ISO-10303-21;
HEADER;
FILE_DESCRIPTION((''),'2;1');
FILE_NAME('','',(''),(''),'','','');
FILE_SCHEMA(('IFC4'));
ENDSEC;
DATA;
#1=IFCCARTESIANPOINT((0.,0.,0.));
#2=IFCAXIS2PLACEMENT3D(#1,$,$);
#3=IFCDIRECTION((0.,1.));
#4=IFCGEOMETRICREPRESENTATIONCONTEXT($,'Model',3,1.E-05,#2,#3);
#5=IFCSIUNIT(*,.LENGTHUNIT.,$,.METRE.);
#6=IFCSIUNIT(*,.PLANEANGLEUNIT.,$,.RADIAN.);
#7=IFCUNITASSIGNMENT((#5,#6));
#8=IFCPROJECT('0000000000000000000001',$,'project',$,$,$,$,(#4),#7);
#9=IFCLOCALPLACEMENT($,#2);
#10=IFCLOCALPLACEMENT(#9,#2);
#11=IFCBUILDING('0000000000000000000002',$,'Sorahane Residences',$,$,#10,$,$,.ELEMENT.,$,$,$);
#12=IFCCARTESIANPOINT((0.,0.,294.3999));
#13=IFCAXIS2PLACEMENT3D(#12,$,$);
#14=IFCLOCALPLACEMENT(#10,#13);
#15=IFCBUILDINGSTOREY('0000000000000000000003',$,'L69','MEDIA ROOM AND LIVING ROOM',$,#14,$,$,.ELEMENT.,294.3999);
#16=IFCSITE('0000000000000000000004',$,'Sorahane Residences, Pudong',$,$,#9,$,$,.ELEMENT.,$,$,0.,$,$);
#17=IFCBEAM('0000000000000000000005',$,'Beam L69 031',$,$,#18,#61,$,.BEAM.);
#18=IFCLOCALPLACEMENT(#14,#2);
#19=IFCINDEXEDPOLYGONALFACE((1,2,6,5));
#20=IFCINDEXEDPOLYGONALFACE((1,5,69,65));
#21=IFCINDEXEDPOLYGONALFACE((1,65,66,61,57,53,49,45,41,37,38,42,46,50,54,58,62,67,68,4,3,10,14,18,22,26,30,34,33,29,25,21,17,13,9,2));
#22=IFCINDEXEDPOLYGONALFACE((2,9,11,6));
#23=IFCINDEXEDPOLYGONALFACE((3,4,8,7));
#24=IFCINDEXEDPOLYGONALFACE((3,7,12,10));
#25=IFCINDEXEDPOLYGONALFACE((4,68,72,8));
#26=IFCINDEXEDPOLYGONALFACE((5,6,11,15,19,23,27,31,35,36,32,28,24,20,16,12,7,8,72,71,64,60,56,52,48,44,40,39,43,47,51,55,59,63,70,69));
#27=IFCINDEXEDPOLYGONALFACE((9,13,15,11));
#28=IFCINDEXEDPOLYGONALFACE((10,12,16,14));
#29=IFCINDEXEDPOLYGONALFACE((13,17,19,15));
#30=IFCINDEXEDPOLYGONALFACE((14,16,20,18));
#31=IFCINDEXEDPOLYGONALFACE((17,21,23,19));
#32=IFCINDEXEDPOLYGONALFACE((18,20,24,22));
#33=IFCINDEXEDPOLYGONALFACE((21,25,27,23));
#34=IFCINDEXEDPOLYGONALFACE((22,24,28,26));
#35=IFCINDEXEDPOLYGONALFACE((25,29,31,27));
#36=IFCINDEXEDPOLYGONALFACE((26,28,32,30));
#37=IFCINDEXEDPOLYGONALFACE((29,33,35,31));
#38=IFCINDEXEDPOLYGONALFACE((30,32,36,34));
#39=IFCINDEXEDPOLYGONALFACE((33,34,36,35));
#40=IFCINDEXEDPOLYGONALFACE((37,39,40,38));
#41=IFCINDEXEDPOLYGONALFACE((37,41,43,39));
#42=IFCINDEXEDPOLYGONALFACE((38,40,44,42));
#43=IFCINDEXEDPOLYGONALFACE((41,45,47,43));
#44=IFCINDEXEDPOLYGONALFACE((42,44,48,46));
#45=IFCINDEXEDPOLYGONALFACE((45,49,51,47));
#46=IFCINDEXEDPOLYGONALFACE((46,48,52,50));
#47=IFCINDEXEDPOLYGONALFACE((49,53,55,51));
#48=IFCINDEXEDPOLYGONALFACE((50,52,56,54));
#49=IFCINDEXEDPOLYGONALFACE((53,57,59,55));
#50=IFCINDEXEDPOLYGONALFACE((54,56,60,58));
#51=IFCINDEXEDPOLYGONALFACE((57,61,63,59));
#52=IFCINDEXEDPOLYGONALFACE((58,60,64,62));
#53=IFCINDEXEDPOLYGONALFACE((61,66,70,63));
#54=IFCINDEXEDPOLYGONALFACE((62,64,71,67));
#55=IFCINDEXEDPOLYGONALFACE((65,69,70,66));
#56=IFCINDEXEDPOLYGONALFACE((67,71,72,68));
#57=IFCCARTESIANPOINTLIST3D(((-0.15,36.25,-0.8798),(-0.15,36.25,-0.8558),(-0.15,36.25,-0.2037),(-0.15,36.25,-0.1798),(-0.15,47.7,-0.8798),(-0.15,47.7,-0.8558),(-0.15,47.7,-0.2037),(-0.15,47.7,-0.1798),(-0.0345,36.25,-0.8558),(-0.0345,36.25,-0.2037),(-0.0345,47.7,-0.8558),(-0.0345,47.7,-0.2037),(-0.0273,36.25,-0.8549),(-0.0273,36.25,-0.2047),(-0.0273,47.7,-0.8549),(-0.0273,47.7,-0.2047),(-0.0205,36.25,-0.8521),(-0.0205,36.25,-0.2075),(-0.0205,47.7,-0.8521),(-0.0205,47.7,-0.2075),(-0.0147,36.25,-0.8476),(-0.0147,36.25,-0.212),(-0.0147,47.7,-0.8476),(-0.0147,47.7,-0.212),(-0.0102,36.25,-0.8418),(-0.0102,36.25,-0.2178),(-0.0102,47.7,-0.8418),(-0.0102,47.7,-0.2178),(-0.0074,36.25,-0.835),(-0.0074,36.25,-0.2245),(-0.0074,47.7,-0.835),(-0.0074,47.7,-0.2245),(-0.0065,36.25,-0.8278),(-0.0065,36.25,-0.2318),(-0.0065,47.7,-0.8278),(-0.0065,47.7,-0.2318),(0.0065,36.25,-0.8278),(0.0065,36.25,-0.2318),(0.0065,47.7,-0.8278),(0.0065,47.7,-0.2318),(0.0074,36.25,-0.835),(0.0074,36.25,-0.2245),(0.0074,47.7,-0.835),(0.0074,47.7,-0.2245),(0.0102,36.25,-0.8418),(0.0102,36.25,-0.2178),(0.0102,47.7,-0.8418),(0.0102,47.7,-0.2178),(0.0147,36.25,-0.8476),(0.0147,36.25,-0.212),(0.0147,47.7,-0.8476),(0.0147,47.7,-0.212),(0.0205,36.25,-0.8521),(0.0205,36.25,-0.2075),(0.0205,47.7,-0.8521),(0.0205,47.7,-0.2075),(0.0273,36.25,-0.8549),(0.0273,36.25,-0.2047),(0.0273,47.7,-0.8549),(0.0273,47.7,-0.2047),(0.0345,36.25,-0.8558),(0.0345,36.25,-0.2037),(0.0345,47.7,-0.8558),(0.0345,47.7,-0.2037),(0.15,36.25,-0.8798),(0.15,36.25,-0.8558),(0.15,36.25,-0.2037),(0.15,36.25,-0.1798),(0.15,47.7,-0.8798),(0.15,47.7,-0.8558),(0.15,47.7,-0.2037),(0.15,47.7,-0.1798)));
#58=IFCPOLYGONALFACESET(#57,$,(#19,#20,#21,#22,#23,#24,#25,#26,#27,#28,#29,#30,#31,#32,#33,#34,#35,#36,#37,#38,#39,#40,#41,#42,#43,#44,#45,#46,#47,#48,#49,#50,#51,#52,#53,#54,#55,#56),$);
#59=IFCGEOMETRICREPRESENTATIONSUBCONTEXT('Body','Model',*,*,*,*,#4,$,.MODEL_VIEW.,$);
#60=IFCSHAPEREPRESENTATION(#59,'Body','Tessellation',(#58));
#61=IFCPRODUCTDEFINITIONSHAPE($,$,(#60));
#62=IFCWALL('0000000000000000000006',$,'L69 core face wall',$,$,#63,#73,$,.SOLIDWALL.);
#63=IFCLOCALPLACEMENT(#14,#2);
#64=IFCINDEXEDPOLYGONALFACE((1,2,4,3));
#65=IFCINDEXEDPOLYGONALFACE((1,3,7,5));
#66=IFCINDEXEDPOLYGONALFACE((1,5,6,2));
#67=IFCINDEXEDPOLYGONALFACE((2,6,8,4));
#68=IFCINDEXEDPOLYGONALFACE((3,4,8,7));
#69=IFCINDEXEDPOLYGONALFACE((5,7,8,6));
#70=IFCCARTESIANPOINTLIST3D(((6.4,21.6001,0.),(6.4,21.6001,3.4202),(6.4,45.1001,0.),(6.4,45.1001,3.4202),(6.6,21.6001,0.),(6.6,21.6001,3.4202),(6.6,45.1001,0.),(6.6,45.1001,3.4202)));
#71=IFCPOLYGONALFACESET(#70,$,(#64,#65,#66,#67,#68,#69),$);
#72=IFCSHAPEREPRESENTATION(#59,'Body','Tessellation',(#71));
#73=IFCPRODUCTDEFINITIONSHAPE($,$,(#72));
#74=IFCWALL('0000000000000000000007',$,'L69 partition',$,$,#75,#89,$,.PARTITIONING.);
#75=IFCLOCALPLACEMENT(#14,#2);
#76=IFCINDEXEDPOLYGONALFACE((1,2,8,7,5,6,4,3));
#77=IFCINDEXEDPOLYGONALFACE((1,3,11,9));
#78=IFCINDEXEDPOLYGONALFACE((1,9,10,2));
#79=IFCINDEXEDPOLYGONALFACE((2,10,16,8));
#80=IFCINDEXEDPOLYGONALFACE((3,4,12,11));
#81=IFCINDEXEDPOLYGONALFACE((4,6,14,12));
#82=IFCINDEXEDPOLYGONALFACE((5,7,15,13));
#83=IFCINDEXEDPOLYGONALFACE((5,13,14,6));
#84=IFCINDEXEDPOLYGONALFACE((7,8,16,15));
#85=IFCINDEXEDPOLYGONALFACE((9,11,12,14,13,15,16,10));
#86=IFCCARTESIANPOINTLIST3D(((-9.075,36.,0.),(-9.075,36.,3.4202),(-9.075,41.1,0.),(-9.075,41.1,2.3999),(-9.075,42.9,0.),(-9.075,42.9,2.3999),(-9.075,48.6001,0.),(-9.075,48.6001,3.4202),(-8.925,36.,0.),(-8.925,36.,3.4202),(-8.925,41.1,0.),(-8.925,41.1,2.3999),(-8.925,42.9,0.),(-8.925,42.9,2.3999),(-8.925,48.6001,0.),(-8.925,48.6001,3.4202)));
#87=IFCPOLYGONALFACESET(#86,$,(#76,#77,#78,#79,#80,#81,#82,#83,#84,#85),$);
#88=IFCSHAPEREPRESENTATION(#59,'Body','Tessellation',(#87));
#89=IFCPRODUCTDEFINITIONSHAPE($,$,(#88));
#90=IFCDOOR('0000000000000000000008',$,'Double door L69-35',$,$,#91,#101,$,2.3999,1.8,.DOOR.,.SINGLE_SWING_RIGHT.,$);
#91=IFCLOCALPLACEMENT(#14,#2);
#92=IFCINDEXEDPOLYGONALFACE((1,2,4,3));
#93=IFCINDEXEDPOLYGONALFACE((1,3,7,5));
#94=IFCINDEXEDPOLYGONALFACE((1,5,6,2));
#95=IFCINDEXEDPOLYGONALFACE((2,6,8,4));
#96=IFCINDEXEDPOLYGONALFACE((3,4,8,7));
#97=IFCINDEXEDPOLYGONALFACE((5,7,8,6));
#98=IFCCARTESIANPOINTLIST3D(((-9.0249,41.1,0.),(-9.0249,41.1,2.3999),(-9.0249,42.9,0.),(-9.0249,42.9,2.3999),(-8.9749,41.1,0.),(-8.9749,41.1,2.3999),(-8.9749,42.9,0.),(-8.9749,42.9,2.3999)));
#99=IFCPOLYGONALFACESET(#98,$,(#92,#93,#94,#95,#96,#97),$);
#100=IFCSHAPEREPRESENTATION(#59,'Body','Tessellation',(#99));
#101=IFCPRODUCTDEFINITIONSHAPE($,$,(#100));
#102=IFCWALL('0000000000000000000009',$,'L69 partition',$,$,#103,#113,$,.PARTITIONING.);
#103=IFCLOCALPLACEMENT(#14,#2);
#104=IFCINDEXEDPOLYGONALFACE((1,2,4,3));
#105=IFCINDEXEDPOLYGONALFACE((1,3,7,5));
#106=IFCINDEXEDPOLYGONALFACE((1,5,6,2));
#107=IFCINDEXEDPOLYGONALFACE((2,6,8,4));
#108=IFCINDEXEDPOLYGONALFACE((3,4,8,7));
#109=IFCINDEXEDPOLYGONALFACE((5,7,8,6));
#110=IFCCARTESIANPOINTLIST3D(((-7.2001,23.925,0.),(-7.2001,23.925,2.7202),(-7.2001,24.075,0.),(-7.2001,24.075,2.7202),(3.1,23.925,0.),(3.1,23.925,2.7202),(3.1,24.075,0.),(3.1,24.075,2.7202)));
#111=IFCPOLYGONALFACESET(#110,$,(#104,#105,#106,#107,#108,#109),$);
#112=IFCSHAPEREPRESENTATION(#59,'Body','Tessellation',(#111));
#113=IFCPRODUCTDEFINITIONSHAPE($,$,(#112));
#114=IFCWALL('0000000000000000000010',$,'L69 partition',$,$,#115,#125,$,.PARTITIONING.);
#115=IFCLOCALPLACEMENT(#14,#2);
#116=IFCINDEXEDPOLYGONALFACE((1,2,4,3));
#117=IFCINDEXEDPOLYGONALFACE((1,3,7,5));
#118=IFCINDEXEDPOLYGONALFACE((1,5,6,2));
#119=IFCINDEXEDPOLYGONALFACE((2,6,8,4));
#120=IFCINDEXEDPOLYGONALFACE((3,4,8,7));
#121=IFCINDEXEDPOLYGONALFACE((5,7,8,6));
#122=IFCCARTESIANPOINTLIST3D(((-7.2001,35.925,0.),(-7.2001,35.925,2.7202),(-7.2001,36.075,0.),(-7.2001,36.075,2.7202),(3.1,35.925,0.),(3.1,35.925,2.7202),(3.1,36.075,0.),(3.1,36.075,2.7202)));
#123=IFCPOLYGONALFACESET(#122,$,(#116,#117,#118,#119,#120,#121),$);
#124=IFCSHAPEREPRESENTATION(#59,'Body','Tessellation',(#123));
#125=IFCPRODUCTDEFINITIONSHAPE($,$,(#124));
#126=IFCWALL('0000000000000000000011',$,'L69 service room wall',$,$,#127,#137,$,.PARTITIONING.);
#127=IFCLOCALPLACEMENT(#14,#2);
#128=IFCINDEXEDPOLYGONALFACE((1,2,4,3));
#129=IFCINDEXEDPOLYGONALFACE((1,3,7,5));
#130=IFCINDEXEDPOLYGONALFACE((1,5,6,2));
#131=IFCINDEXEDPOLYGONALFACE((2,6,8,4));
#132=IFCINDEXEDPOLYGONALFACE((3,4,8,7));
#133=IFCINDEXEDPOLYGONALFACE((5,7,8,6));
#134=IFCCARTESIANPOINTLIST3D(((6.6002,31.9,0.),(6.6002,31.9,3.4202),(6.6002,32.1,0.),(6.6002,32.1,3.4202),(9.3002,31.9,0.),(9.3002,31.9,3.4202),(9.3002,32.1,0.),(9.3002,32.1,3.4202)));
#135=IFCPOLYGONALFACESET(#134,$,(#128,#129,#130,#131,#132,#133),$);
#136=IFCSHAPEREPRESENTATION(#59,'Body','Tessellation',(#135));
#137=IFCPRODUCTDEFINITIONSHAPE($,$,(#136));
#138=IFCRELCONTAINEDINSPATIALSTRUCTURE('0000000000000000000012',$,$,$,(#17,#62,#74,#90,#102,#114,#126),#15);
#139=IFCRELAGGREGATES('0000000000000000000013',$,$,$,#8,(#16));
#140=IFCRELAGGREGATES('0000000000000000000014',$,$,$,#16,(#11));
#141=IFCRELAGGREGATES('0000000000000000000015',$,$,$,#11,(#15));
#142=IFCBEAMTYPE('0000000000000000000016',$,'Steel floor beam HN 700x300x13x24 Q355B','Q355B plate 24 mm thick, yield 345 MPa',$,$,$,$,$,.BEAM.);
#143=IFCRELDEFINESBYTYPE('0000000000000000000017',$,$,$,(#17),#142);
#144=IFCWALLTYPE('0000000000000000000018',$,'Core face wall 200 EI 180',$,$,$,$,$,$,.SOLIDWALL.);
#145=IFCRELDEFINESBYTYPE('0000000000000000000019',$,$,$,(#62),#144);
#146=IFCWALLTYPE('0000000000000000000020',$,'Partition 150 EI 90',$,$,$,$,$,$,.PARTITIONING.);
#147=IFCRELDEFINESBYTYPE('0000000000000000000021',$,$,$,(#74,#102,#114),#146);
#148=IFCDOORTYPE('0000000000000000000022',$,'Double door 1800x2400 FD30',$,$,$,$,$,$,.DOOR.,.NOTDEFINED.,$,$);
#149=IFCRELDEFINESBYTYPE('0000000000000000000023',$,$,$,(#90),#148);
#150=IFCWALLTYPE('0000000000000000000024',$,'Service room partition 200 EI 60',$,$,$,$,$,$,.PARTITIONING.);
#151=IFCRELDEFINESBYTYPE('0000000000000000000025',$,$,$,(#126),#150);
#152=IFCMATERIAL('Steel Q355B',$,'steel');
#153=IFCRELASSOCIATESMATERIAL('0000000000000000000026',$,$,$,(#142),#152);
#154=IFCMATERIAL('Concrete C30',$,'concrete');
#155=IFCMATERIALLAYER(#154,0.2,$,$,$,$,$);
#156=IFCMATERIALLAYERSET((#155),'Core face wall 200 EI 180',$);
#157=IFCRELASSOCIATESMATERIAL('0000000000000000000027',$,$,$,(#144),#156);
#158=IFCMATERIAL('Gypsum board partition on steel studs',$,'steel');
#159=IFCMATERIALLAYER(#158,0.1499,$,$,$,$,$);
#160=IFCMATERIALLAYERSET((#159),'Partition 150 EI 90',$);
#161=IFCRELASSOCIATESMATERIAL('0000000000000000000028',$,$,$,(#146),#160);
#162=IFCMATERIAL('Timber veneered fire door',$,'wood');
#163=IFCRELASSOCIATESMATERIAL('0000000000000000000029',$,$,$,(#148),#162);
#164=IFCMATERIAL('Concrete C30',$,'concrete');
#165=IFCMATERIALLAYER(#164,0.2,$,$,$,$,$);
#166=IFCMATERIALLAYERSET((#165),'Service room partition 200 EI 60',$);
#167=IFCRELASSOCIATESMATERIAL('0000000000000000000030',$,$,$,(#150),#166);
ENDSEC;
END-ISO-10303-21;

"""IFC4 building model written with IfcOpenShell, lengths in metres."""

from ifc_helpers import new_model, si_unit, direction, frame, frame_2d, origin, origin_2d, place, context, subcontext, project, spatial, rectangle, i_section, extrude, material, layer, layer_set, material_profile, profile_set, type_object, element, fill, save


model = new_model("IFC4")

# Units and contexts
model_context = context("Model", 3, precision=1e-05, world=origin(), true_north=direction((0.0, 1.0)))
body_context = subcontext(model_context, "Body", "Model", "MODEL_VIEW")
ifc_project = project(units=[si_unit("LENGTHUNIT", "METRE"), si_unit("PLANEANGLEUNIT", "RADIAN")], contexts=[model_context])

# Site, building, storey
site_placement = place(None, origin())
site = spatial("IfcSite", under=ifc_project, at=site_placement, Name="Sorahane Residences, Pudong", CompositionType="ELEMENT", RefElevation=0.0)
building_placement = place(site_placement, origin())
building = spatial("IfcBuilding", under=site, at=building_placement, Name="Sorahane Residences", CompositionType="ELEMENT")
storey_placement = place(building_placement, frame((0.0, 0.0, 294.3999)))
storey = spatial("IfcBuildingStorey", under=building, at=storey_placement, Name="L69", Description="MEDIA ROOM AND LIVING ROOM", CompositionType="ELEMENT", Elevation=294.3999)

# Beam
ifc_material_1 = material(Name="Steel Q355B", Category="steel")
ifc_material_profile_1 = material_profile(ifc_material_1, i_section(OverallWidth=0.3, OverallDepth=0.7, WebThickness=0.0129, FlangeThickness=0.0239, FilletRadius=0.0281, at=origin_2d()), Name="HN 700x300x13x24")
ifc_profile_set_1 = profile_set([ifc_material_profile_1], Name="Steel Q355B")
beam_type_1 = type_object("IfcBeamType", Name="Steel floor beam HN 700x300x13x24 Q355B", Description="Q355B plate 24 mm thick, yield 345 MPa", PredefinedType="BEAM", material=ifc_profile_set_1)
beam_1_placement = place(storey_placement, frame((0.0, 36.25, -0.5298), z_axis=(0.0, 1.0, 0.0), x_axis=(-1.0, 0.0, 0.0)))
element("IfcBeam", 1, at=beam_1_placement, inside=storey, type_object=beam_type_1, Name="Beam L69 031", PredefinedType="BEAM", context=body_context, shape_type="SweptSolid", body=[
    extrude(i_section(OverallWidth=0.3, OverallDepth=0.7, WebThickness=0.0129, FlangeThickness=0.0239, FilletRadius=0.0281, at=origin_2d()), origin(), (0.0, 0.0, 1.0), 11.45),
])

# Wall
ifc_material_2 = material(Name="Concrete C30", Category="concrete")
ifc_layer_1 = layer(ifc_material_2, 0.2)
ifc_layer_set_1 = layer_set([ifc_layer_1], Name="Core face wall 200 EI 180")
wall_type_1 = type_object("IfcWallType", Name="Core face wall 200 EI 180", PredefinedType="SOLIDWALL", material=ifc_layer_set_1)
wall_1_placement = place(storey_placement, frame((6.5, 21.6001, 0.0), z_axis=(0.0, 0.0, 1.0), x_axis=(0.0, 1.0, 0.0)))
element("IfcWall", 2, at=wall_1_placement, inside=storey, type_object=wall_type_1, Name="L69 core face wall", PredefinedType="SOLIDWALL", context=body_context, shape_type="SweptSolid", body=[
    extrude(rectangle(XDim=23.5, YDim=0.2, at=frame_2d((11.75, 0.0))), origin(), (0.0, 0.0, 1.0), 3.4202),
])

# Wall, opening, door
ifc_material_3 = material(Name="Gypsum board partition on steel studs", Category="steel")
ifc_layer_2 = layer(ifc_material_3, 0.1499)
ifc_layer_set_2 = layer_set([ifc_layer_2], Name="Partition 150 EI 90")
wall_type_2 = type_object("IfcWallType", Name="Partition 150 EI 90", PredefinedType="PARTITIONING", material=ifc_layer_set_2)
wall_2_placement = place(storey_placement, frame((-9.0, 36.0, 0.0), z_axis=(0.0, 0.0, 1.0), x_axis=(0.0, 1.0, 0.0)))
wall_2 = element("IfcWall", 3, at=wall_2_placement, inside=storey, type_object=wall_type_2, Name="L69 partition", PredefinedType="PARTITIONING", context=body_context, shape_type="SweptSolid", body=[
    extrude(rectangle(XDim=12.6001, YDim=0.1499, at=frame_2d((6.3, 0.0))), origin(), (0.0, 0.0, 1.0), 3.4202),
])
opening_1_placement = place(wall_2_placement, frame((5.1001, 0.0, 0.0)))
opening_1 = element("IfcOpeningElement", 4, at=opening_1_placement, cuts=wall_2, PredefinedType="OPENING", context=body_context, shape_type="SweptSolid", body=[
    extrude(rectangle(XDim=1.8, YDim=2.3999, at=frame_2d((0.8999, 1.2))), frame((0.0, 0.085, 0.0), z_axis=(0.0, -1.0, 0.0), x_axis=(1.0, 0.0, 0.0)), (0.0, 0.0, 1.0), 0.1699),
])
ifc_material_4 = material(Name="Timber veneered fire door", Category="wood")
door_type_1 = type_object("IfcDoorType", Name="Double door 1800x2400 FD30", OperationType="NOTDEFINED", PredefinedType="DOOR", material=ifc_material_4)
door_1_placement = place(opening_1_placement, origin())
door_1 = element("IfcDoor", 5, at=door_1_placement, inside=storey, type_object=door_type_1, Name="Double door L69-35", OperationType="SINGLE_SWING_RIGHT", OverallHeight=2.3999, OverallWidth=1.8, PredefinedType="DOOR", context=body_context, shape_type="SweptSolid", body=[
    extrude(rectangle(XDim=1.8, YDim=2.3999, at=frame_2d((0.8999, 1.2))), frame((0.0, 0.0249, 0.0), z_axis=(0.0, -1.0, 0.0), x_axis=(1.0, 0.0, 0.0)), (0.0, 0.0, 1.0), 0.05),
])
fill(opening_1, door_1)

# Walls
for number, where, z_axis, x_axis, name in (
    (6, (-7.2, 24.0, 0.0), (0.0, 0.0, 1.0), (1.0, 0.0, 0.0), "L69 partition"),
    (7, (-7.2, 36.0, 0.0), (0.0, 0.0, 1.0), (1.0, 0.0, 0.0), "L69 partition"),
):
    element("IfcWall", number, at=place(storey_placement, frame(where, z_axis=z_axis, x_axis=x_axis)), inside=storey, type_object=wall_type_2, Name=name, PredefinedType="PARTITIONING", context=body_context, shape_type="SweptSolid", body=[
        extrude(rectangle(XDim=10.3, YDim=0.1499, at=frame_2d((5.1499, 0.0))), origin(), (0.0, 0.0, 1.0), 2.7202),
    ])
ifc_material_5 = material(Name="Concrete C30", Category="concrete")
ifc_layer_3 = layer(ifc_material_5, 0.2)
ifc_layer_set_3 = layer_set([ifc_layer_3], Name="Service room partition 200 EI 60")
wall_type_3 = type_object("IfcWallType", Name="Service room partition 200 EI 60", PredefinedType="PARTITIONING", material=ifc_layer_set_3)
wall_3_placement = place(storey_placement, frame((6.6001, 32.0, 0.0), z_axis=(0.0, 0.0, 1.0), x_axis=(1.0, 0.0, 0.0)))
element("IfcWall", 8, at=wall_3_placement, inside=storey, type_object=wall_type_3, Name="L69 service room wall", PredefinedType="PARTITIONING", context=body_context, shape_type="SweptSolid", body=[
    extrude(rectangle(XDim=2.7, YDim=0.2, at=frame_2d((1.3501, 0.0))), origin(), (0.0, 0.0, 1.0), 3.4202),
])

save(model, "model.ifc")
